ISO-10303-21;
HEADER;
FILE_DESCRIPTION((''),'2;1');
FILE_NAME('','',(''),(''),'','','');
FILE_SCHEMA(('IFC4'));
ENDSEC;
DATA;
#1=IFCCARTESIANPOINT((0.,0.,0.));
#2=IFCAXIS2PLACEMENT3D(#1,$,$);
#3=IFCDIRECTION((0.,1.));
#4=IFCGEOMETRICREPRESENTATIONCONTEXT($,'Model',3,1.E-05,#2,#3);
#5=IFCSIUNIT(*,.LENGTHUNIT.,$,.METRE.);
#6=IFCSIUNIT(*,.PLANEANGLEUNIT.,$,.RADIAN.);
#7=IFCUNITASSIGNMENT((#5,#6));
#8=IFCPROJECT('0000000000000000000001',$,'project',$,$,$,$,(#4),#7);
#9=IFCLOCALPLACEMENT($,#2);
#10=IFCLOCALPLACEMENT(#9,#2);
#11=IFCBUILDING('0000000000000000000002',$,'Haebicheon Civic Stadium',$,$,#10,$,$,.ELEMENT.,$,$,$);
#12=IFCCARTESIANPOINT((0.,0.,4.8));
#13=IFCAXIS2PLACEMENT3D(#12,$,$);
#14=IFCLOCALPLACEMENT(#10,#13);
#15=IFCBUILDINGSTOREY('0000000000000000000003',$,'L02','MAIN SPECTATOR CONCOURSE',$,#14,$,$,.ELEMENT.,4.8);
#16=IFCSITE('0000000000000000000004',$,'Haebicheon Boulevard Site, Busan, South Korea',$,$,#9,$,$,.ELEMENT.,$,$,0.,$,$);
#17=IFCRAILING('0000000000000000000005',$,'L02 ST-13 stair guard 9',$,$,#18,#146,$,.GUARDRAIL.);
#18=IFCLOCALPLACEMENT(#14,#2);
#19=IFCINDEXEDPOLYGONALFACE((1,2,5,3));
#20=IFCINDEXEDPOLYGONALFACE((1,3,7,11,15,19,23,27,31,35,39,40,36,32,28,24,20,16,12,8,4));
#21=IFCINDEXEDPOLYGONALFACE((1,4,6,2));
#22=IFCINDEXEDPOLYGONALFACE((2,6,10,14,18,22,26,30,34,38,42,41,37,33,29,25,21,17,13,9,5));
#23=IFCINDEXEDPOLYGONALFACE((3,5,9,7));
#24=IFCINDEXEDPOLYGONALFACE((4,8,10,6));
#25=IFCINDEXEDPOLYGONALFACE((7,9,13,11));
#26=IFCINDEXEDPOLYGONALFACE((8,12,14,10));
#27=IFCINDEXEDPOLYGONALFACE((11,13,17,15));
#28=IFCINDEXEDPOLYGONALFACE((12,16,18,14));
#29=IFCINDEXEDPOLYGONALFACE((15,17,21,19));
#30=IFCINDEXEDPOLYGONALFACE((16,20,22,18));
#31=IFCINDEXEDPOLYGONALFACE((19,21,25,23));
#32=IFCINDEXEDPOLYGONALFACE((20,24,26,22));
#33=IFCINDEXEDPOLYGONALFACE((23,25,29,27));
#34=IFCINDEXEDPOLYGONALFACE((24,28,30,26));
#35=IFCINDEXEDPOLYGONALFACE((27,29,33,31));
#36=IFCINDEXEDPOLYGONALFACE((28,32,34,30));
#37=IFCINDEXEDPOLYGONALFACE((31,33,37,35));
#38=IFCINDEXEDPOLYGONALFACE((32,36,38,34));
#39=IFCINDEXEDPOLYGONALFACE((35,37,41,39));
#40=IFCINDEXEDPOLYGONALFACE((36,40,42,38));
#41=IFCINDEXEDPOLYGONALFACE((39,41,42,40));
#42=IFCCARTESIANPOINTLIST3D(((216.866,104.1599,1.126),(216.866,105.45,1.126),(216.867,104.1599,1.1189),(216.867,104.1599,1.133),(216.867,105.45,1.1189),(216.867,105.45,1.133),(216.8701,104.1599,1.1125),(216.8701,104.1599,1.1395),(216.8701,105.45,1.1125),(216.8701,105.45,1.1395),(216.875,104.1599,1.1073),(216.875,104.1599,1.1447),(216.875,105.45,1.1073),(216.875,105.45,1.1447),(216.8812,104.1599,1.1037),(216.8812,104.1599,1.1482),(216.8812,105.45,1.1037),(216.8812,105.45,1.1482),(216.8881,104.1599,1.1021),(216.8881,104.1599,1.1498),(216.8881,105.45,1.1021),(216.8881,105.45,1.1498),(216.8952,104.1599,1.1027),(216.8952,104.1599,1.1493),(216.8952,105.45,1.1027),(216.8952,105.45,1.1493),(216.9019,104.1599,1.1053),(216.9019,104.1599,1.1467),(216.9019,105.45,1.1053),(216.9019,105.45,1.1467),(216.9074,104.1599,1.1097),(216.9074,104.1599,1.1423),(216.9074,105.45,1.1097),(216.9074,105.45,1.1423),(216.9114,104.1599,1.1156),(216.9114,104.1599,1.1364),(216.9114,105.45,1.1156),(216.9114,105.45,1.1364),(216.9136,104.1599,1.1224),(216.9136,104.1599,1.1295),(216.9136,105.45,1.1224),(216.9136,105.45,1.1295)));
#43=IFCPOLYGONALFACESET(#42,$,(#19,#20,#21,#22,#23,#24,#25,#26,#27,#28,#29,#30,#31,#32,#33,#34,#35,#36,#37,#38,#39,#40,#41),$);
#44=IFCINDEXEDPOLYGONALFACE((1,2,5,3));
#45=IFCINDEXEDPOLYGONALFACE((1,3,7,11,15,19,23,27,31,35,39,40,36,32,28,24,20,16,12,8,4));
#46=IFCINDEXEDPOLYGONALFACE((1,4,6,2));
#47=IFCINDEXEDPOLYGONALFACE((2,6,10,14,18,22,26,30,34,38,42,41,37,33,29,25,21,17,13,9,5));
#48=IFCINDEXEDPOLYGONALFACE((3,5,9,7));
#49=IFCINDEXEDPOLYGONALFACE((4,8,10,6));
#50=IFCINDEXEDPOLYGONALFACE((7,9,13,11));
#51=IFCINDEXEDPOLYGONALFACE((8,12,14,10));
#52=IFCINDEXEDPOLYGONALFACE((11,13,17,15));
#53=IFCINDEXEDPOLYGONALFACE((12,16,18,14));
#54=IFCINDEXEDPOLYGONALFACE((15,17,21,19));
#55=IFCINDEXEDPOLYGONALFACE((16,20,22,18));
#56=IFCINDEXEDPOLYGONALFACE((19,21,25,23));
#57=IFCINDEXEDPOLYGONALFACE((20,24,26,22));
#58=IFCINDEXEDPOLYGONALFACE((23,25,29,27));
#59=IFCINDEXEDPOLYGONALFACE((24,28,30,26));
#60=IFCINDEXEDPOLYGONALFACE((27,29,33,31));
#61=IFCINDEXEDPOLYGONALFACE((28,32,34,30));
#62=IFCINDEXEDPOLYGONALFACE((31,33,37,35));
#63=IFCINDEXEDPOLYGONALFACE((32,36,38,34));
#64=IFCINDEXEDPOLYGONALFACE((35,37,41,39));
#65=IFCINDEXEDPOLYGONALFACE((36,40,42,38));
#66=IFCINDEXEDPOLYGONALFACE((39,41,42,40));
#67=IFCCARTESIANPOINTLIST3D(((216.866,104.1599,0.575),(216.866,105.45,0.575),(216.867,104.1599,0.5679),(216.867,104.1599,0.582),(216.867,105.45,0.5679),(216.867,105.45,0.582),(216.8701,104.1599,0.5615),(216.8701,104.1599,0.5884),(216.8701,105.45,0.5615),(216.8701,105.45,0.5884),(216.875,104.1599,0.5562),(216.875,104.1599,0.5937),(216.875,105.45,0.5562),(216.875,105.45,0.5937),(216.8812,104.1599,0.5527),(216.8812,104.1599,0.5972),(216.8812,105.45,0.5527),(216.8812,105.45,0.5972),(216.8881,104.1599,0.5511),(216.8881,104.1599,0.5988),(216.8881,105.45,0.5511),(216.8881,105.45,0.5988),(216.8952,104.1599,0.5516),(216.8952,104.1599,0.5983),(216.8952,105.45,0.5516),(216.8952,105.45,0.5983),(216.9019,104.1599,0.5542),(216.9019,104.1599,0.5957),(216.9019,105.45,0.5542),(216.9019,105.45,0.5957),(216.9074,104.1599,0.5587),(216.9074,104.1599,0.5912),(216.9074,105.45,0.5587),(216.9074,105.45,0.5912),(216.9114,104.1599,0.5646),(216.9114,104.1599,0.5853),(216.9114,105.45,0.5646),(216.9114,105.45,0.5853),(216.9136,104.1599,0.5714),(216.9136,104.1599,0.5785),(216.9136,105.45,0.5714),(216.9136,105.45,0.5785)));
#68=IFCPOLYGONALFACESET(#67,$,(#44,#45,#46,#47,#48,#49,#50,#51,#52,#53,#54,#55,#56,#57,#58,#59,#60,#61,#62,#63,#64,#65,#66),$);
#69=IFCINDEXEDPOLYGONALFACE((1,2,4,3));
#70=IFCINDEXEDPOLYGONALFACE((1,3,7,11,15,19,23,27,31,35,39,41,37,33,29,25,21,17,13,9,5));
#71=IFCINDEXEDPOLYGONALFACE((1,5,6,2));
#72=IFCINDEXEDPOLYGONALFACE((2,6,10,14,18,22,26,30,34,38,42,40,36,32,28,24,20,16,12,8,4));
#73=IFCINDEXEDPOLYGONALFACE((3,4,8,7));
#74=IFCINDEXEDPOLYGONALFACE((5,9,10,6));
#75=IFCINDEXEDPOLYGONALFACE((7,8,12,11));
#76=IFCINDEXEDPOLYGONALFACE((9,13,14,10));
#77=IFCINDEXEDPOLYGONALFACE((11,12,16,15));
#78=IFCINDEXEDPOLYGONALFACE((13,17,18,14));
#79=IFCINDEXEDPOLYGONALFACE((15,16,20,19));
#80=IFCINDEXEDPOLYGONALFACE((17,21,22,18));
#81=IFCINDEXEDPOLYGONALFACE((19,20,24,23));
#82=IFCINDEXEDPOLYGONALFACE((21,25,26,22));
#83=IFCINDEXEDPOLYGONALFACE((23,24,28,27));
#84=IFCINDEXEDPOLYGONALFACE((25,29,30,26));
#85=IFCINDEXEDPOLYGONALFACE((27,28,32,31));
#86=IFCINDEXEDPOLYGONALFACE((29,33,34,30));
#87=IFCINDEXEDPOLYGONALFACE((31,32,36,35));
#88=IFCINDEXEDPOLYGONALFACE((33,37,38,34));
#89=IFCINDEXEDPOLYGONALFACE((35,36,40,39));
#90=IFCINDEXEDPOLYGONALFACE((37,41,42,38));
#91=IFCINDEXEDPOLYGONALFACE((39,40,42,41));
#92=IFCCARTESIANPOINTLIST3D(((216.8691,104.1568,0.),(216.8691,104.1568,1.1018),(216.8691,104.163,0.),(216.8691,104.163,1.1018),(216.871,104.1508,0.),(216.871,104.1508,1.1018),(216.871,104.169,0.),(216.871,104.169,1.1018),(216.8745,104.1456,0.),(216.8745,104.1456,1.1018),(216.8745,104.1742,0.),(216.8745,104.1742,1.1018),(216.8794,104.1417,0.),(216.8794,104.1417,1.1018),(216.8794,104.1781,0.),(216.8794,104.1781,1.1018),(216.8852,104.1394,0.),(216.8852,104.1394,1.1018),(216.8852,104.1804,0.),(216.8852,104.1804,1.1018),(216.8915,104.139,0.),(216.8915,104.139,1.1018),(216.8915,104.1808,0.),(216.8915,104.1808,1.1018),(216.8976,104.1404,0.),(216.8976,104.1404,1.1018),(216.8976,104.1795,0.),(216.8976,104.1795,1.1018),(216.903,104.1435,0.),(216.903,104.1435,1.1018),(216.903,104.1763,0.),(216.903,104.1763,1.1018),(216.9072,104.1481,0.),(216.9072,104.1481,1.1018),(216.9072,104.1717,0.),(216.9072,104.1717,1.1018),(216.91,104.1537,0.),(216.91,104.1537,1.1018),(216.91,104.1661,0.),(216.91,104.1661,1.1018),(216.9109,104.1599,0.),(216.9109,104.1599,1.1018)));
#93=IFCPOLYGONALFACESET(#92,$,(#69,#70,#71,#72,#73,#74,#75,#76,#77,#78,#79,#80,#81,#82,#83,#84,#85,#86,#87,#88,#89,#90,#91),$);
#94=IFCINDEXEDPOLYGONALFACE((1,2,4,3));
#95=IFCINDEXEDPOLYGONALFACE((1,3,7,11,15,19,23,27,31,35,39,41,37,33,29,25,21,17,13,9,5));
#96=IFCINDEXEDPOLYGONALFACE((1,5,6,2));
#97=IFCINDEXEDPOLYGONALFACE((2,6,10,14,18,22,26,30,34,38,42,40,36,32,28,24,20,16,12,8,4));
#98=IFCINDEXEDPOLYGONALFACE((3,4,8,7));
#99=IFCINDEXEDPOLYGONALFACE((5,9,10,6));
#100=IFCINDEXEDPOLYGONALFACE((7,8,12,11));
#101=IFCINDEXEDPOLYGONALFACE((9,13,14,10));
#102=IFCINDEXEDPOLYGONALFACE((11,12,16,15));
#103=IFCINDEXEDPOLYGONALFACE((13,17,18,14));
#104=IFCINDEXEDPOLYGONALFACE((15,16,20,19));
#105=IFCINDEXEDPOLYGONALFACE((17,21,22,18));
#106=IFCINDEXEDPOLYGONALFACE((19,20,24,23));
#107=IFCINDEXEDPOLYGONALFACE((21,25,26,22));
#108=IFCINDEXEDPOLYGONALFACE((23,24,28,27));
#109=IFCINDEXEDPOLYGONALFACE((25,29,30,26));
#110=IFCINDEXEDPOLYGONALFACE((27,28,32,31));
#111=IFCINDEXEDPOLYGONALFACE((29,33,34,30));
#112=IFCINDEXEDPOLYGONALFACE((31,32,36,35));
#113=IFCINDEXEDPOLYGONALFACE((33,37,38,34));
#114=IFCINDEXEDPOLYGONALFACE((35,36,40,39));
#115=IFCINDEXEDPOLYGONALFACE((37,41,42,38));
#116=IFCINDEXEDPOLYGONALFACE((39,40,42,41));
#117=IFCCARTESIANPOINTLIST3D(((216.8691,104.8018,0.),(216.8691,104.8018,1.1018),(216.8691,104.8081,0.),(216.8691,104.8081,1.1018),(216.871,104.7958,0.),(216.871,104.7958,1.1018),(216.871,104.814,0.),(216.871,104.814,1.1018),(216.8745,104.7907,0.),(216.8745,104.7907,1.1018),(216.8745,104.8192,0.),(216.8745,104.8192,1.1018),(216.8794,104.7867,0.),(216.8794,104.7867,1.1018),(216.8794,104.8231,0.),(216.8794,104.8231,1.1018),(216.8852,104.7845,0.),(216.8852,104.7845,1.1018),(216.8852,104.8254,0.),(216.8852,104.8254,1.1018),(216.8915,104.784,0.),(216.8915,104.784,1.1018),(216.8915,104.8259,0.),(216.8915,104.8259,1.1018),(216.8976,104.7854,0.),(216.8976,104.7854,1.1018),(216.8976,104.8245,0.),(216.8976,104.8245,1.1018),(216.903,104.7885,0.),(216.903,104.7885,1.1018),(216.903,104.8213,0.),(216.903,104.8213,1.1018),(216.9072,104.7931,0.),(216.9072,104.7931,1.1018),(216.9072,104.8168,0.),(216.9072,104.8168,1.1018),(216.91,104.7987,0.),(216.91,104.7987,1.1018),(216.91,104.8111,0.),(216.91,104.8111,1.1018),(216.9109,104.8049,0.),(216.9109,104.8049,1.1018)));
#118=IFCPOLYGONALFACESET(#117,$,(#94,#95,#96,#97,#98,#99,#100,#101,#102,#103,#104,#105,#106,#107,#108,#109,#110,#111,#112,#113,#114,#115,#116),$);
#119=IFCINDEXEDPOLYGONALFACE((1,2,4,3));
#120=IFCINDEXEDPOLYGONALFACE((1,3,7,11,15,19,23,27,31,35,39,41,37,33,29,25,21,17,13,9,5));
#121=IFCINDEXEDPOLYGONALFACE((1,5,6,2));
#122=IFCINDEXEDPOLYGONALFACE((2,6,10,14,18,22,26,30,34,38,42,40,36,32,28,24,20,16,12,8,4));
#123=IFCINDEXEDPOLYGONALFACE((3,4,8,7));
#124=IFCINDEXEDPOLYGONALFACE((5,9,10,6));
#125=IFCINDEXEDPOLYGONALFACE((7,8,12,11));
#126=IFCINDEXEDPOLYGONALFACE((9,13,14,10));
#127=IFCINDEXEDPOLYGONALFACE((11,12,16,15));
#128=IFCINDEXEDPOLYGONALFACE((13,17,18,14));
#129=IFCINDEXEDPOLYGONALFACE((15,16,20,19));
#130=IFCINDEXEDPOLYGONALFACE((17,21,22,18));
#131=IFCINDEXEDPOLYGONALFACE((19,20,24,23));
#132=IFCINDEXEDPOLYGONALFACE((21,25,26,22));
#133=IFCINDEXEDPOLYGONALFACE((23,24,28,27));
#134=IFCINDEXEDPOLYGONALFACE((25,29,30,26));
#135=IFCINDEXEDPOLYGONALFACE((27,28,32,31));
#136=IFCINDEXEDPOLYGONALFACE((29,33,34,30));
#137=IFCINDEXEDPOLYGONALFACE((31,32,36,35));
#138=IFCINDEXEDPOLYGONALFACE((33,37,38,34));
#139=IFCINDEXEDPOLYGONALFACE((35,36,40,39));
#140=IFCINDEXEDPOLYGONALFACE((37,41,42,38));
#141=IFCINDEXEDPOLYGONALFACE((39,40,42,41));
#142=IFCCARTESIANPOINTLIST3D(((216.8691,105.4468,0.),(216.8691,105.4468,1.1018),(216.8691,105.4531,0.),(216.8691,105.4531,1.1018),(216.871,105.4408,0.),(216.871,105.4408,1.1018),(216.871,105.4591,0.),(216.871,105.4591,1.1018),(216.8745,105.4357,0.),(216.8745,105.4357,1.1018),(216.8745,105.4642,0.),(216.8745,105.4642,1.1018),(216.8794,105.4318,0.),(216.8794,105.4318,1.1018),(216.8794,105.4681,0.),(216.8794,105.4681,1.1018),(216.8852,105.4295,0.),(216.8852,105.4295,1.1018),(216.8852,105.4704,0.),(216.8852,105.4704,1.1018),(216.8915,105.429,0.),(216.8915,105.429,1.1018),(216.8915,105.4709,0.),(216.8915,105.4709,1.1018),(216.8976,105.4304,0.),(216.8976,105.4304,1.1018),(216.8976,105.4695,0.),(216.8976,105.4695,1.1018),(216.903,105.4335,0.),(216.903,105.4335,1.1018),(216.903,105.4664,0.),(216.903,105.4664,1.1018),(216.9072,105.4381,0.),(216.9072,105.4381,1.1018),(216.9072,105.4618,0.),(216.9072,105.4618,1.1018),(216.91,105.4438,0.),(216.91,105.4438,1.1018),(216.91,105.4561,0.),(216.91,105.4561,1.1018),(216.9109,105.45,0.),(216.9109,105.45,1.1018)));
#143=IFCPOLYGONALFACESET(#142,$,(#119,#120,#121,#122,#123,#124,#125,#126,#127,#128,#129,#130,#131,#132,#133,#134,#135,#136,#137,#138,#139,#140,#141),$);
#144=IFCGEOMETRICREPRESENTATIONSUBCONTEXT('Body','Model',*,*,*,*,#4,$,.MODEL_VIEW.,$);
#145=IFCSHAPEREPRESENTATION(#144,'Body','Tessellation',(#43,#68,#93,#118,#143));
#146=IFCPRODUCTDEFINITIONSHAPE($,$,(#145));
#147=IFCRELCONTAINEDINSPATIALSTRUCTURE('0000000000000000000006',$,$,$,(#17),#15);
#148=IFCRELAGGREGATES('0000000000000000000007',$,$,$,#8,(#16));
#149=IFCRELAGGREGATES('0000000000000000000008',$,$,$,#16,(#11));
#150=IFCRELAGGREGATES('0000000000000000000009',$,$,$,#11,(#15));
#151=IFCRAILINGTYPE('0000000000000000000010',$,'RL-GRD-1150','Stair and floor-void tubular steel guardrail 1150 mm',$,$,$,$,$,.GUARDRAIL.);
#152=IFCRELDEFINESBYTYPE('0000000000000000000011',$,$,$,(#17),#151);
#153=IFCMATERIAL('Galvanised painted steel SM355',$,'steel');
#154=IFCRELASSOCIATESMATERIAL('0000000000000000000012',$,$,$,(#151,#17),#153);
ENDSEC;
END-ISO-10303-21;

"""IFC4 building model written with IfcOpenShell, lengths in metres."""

from ifc_helpers import new_model, si_unit, direction, frame, origin, origin_2d, place, context, subcontext, project, spatial, circle, extrude, material, type_object, element, save


model = new_model("IFC4")

# Units and contexts
model_context = context("Model", 3, precision=1e-05, world=origin(), true_north=direction((0.0, 1.0)))
body_context = subcontext(model_context, "Body", "Model", "MODEL_VIEW")
ifc_project = project(units=[si_unit("LENGTHUNIT", "METRE"), si_unit("PLANEANGLEUNIT", "RADIAN")], contexts=[model_context])

# Site, building, storey
site_placement = place(None, origin())
site = spatial("IfcSite", under=ifc_project, at=site_placement, Name="Haebicheon Boulevard Site, Busan, South Korea", CompositionType="ELEMENT", RefElevation=0.0)
building_placement = place(site_placement, origin())
building = spatial("IfcBuilding", under=site, at=building_placement, Name="Haebicheon Civic Stadium", CompositionType="ELEMENT")
storey_placement = place(building_placement, frame((0.0, 0.0, 4.8)))
storey = spatial("IfcBuildingStorey", under=building, at=storey_placement, Name="L02", Description="MAIN SPECTATOR CONCOURSE", CompositionType="ELEMENT", Elevation=4.8)

# Railing
ifc_material_1 = material(Name="Galvanised painted steel SM355", Category="steel")
railing_type_1 = type_object("IfcRailingType", Name="RL-GRD-1150", Description="Stair and floor-void tubular steel guardrail 1150 mm", PredefinedType="GUARDRAIL", material=ifc_material_1)
for number, where, name in (
    (1, (216.8899, 104.1599, 0.0), "L02 ST-13 stair guard 9"),
):
    element("IfcRailing", number, at=place(storey_placement, frame(where)), inside=storey, type_object=railing_type_1, material=ifc_material_1, Name=name, PredefinedType="GUARDRAIL", context=body_context, shape_type="SweptSolid", body=[
        extrude(circle(Radius=0.0239, at=origin_2d()), frame((0.0, 0.0, 1.126), z_axis=(0.0, 1.0, 0.0), x_axis=(-1.0, 0.0, 0.0)), (0.0, 0.0, 1.0), 1.29),
        extrude(circle(Radius=0.0239, at=origin_2d()), frame((0.0, 0.0, 0.575), z_axis=(0.0, 1.0, 0.0), x_axis=(-1.0, 0.0, 0.0)), (0.0, 0.0, 1.0), 1.29),
        extrude(circle(Radius=0.021, at=origin_2d()), origin(), (0.0, 0.0, 1.0), 1.1018),
        extrude(circle(Radius=0.021, at=origin_2d()), frame((0.0, 0.645, 0.0)), (0.0, 0.0, 1.0), 1.1018),
        extrude(circle(Radius=0.021, at=origin_2d()), frame((0.0, 1.29, 0.0)), (0.0, 0.0, 1.0), 1.1018),
    ])

save(model, "model.ifc")
